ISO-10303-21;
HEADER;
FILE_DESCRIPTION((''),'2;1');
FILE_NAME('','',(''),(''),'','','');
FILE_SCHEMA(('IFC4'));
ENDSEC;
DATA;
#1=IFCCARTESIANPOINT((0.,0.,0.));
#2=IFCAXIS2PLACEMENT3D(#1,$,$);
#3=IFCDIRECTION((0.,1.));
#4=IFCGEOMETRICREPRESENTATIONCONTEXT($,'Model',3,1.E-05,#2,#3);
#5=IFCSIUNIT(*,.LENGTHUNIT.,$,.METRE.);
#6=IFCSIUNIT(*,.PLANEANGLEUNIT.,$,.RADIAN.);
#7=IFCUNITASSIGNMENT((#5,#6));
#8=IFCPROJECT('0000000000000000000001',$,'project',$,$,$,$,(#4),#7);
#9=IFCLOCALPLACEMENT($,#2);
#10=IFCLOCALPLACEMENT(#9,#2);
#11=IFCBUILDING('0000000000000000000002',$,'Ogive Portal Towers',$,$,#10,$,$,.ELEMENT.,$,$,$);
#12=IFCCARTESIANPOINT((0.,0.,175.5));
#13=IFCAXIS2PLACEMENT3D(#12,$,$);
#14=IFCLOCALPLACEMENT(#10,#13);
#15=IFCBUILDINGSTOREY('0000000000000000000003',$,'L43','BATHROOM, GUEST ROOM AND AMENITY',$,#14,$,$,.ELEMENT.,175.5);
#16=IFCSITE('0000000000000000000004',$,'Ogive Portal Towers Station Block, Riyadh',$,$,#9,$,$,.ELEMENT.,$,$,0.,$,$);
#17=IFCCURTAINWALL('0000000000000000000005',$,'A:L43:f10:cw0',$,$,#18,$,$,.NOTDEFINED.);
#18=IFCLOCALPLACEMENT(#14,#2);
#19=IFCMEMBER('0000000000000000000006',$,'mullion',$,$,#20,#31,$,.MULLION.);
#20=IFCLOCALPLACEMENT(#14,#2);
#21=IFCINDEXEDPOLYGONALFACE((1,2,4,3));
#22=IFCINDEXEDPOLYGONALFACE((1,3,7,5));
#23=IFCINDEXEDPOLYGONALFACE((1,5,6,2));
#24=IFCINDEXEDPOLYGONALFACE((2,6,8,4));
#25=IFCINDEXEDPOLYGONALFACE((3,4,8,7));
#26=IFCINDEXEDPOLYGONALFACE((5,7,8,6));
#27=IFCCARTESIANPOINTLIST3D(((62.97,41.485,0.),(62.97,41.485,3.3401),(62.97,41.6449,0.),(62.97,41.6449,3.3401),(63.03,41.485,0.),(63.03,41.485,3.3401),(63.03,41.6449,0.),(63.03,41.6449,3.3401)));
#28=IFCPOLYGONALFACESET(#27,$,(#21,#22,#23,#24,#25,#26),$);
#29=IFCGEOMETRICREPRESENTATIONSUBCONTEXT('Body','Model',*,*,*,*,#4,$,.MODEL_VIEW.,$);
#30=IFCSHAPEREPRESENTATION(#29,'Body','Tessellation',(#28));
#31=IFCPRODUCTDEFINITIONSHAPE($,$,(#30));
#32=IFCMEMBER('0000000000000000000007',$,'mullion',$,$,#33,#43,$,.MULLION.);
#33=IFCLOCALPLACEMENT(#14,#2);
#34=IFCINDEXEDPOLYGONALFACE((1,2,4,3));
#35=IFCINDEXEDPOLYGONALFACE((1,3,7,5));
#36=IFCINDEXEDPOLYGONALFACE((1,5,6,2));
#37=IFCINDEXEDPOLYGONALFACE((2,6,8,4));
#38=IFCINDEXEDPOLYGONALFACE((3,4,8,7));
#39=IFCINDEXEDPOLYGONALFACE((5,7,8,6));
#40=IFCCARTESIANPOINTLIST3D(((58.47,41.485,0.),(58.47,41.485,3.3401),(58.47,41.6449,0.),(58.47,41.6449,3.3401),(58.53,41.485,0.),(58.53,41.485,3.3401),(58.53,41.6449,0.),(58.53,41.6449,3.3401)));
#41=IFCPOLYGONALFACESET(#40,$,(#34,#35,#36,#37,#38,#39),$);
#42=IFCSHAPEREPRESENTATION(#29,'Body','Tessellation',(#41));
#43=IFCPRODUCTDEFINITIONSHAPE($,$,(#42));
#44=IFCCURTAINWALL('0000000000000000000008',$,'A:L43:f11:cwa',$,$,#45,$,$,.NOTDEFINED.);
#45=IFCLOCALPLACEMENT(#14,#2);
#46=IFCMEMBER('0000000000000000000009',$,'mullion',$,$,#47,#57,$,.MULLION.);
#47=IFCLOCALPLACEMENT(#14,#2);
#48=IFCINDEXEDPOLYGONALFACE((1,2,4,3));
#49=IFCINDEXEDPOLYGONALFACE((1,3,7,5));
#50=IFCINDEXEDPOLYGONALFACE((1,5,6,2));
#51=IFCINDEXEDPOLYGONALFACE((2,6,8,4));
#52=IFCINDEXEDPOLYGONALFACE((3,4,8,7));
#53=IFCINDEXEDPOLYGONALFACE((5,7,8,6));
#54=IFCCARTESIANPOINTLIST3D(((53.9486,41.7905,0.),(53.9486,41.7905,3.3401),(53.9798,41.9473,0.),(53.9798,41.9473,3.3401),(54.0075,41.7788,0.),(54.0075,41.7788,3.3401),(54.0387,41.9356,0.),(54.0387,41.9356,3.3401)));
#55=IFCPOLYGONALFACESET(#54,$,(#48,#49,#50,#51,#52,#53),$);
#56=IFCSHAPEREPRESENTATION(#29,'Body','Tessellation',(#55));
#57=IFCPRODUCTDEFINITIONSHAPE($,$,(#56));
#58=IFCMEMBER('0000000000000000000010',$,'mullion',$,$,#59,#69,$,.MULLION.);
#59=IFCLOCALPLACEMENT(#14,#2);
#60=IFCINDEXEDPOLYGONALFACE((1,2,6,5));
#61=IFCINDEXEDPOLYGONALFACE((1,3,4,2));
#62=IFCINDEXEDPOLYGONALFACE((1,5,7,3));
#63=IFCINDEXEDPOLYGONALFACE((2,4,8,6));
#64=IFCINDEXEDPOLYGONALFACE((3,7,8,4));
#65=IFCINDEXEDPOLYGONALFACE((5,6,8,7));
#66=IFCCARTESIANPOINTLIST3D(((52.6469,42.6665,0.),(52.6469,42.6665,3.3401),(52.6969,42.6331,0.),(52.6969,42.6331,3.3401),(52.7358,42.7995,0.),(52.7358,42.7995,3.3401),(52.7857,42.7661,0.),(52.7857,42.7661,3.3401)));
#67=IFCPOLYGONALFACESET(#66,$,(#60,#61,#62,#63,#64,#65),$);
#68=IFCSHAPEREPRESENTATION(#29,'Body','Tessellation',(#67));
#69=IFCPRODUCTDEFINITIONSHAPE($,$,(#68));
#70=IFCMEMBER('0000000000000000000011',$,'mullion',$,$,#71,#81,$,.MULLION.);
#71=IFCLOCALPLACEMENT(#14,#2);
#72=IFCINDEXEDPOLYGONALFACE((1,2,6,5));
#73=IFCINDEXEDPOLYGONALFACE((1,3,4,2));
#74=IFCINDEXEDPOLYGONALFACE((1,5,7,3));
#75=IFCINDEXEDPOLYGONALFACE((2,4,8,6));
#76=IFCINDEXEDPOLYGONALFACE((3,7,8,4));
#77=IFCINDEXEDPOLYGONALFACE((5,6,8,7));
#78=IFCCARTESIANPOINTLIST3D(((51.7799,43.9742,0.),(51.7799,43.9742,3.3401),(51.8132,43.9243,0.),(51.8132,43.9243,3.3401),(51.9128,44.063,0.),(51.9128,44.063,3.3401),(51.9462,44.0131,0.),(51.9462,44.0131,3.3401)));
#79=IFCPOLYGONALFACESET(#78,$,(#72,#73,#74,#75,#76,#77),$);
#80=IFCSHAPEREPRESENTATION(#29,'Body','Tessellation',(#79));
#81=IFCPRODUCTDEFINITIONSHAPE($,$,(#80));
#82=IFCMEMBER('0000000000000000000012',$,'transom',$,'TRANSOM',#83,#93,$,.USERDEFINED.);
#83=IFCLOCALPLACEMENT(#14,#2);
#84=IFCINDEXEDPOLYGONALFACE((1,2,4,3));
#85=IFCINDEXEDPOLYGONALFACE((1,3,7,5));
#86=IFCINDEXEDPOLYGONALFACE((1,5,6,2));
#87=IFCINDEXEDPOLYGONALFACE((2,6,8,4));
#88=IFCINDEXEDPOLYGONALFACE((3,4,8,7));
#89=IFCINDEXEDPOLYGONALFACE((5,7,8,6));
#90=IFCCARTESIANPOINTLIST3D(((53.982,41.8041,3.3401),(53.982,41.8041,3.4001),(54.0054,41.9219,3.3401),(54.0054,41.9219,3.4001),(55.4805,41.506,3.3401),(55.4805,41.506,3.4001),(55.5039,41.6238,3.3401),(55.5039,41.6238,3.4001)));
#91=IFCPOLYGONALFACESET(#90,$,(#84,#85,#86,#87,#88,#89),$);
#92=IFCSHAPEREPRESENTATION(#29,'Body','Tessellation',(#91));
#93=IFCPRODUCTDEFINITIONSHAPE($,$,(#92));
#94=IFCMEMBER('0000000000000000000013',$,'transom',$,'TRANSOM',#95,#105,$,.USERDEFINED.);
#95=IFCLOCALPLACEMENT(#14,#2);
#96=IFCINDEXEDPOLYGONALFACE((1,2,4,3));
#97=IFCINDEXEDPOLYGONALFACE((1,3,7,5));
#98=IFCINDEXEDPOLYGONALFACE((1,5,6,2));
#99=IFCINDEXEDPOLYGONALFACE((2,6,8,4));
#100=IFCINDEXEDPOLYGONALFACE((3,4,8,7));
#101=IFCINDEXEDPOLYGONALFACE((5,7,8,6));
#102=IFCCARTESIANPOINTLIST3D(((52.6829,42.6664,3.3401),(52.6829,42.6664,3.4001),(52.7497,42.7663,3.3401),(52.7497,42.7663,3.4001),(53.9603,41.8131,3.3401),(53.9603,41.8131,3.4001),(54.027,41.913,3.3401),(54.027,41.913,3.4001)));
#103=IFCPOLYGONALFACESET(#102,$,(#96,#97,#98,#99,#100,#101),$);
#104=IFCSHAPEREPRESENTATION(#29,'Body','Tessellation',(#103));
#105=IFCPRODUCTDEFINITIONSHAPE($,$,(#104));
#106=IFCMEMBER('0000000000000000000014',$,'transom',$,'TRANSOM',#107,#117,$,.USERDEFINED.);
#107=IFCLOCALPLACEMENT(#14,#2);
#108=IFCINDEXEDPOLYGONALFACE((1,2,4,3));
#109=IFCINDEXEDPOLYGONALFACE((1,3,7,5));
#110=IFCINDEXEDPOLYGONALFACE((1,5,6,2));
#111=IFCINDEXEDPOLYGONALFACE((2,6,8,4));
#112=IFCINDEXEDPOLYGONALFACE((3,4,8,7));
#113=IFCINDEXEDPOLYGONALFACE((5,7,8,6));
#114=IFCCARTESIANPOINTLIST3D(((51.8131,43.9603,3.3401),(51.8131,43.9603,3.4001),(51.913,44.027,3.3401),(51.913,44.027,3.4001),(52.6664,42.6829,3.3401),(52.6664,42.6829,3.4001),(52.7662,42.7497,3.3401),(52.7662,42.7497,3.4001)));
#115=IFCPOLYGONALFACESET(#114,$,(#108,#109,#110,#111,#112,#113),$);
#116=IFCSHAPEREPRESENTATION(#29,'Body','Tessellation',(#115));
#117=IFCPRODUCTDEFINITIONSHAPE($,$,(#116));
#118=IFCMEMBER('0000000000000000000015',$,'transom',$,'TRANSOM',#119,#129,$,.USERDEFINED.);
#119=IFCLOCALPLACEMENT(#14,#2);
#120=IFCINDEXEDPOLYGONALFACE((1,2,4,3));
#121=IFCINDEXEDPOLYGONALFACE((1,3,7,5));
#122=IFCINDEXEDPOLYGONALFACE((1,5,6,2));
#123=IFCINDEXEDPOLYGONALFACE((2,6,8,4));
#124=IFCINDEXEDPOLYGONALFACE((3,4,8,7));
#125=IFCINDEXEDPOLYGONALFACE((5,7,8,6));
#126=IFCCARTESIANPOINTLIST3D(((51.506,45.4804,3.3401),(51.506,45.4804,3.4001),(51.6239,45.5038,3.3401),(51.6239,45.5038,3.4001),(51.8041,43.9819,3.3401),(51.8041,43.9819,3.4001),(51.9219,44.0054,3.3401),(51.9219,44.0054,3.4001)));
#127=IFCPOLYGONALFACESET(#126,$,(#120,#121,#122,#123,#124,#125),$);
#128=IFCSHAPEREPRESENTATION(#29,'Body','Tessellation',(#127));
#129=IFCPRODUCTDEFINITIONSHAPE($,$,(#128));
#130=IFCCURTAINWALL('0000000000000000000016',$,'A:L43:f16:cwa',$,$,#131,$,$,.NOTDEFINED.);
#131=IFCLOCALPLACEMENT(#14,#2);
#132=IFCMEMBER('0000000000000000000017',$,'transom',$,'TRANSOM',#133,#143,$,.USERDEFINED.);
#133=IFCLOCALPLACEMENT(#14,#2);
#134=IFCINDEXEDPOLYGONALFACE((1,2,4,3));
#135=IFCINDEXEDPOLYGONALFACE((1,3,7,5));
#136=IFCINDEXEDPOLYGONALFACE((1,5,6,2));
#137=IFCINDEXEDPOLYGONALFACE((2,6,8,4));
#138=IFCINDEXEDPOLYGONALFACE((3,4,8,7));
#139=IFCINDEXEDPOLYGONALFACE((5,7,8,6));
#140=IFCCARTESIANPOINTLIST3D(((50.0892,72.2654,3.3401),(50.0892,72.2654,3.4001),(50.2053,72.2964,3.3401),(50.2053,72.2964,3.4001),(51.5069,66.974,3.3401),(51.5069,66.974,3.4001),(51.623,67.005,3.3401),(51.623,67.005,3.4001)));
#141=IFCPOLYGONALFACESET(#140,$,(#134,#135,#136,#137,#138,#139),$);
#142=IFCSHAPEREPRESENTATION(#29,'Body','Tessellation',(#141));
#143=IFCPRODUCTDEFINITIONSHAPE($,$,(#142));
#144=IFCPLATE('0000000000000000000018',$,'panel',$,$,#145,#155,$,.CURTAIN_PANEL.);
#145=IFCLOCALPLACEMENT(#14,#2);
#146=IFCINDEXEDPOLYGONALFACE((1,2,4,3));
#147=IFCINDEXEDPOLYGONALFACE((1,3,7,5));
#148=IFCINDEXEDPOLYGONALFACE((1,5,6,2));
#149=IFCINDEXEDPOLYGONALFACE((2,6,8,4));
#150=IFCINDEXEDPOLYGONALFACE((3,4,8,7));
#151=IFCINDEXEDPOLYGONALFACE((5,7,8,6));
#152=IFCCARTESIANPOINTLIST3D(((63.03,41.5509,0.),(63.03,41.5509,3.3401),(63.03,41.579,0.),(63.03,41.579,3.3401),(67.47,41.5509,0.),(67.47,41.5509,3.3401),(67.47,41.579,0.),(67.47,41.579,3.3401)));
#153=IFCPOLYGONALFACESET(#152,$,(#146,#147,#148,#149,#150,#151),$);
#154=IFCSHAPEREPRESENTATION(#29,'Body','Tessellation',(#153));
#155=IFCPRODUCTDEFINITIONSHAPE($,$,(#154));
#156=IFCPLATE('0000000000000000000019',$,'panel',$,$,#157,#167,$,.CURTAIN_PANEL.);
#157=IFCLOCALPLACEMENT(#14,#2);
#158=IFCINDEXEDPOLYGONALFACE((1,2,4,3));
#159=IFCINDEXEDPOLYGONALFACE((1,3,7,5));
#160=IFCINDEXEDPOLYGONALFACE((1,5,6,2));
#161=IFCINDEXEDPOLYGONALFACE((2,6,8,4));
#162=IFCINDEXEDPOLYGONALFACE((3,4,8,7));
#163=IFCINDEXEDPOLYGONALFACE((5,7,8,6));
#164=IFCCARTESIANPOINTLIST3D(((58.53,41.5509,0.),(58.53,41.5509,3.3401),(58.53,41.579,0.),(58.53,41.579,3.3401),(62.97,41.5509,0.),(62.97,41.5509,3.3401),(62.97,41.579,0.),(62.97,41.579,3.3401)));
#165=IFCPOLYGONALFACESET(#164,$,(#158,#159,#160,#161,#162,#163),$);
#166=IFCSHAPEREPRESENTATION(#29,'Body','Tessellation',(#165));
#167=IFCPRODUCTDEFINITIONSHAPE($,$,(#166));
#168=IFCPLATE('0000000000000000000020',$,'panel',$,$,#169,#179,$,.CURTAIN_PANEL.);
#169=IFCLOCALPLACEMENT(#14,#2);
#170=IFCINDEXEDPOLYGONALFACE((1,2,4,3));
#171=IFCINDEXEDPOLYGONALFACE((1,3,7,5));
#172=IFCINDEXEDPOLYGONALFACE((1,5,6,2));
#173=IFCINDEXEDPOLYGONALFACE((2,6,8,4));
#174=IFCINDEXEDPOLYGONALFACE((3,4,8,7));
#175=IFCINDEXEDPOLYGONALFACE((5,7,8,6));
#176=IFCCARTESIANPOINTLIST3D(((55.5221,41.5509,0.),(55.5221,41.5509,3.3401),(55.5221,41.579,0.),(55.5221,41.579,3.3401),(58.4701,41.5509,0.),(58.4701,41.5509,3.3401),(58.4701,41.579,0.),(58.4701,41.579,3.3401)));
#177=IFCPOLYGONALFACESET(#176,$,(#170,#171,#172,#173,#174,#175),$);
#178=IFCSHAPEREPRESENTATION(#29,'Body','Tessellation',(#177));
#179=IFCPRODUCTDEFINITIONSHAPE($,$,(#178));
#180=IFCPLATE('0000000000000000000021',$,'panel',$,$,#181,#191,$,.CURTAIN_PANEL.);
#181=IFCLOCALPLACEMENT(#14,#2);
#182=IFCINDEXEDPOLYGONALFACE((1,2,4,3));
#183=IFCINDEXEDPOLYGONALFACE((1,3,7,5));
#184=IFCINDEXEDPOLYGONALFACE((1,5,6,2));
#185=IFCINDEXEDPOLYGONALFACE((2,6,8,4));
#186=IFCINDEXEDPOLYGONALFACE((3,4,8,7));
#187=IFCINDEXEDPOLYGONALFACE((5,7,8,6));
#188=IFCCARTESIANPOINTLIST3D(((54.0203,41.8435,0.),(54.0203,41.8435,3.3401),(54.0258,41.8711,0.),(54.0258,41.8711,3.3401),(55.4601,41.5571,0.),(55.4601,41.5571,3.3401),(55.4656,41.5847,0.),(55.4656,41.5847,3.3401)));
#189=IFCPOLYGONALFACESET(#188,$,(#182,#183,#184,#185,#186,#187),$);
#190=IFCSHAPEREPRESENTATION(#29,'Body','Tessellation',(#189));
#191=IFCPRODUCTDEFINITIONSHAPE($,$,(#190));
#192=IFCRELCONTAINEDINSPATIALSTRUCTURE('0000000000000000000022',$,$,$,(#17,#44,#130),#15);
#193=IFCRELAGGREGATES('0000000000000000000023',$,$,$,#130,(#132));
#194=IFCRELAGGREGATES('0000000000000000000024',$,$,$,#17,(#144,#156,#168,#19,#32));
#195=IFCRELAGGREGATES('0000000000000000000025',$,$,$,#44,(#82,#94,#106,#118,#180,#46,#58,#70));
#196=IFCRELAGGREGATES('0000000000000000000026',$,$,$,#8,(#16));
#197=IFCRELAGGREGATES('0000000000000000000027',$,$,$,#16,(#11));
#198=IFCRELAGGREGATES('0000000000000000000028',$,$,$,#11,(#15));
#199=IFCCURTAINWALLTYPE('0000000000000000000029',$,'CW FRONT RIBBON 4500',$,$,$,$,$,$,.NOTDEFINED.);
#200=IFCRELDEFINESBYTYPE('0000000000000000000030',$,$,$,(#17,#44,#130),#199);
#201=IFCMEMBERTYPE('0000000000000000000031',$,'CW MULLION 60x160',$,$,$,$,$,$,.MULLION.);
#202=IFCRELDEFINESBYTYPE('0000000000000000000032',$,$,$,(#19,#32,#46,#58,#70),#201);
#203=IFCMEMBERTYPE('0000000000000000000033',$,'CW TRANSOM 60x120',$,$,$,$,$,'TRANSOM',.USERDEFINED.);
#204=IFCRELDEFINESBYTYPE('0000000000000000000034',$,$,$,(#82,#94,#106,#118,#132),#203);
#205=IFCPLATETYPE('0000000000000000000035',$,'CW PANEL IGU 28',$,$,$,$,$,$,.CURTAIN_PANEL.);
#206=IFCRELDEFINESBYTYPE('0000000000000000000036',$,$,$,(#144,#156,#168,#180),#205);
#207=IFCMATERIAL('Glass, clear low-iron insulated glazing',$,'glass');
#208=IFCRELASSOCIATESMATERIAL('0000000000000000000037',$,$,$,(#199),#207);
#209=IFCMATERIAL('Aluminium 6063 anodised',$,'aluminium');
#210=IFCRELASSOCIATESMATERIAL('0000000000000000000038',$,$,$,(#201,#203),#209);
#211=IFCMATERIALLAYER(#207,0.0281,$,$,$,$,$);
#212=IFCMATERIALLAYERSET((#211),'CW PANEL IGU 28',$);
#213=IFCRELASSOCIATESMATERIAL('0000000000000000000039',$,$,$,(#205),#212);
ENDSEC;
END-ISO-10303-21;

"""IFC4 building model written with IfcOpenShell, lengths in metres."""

from ifc_helpers import new_model, si_unit, direction, frame, origin, origin_2d, place, context, subcontext, project, spatial, rectangle, extrude, material, layer, layer_set, material_profile, profile_set, type_object, element, aggregate, save


model = new_model("IFC4")

# Units and contexts
model_context = context("Model", 3, precision=1e-05, world=origin(), true_north=direction((0.0, 1.0)))
body_context = subcontext(model_context, "Body", "Model", "MODEL_VIEW")
ifc_project = project(units=[si_unit("LENGTHUNIT", "METRE"), si_unit("PLANEANGLEUNIT", "RADIAN")], contexts=[model_context])

# Site, building, storey
site_placement = place(None, origin())
site = spatial("IfcSite", under=ifc_project, at=site_placement, Name="Ogive Portal Towers Station Block, Riyadh", CompositionType="ELEMENT", RefElevation=0.0)
building_placement = place(site_placement, origin())
building = spatial("IfcBuilding", under=site, at=building_placement, Name="Ogive Portal Towers", CompositionType="ELEMENT")
storey_placement = place(building_placement, frame((0.0, 0.0, 175.5)))
storey = spatial("IfcBuildingStorey", under=building, at=storey_placement, Name="L43", Description="BATHROOM, GUEST ROOM AND AMENITY", CompositionType="ELEMENT", Elevation=175.5)

# Curtain walls, members
ifc_material_1 = material(Name="Glass, clear low-iron insulated glazing", Category="glass")
curtain_wall_type = type_object("IfcCurtainWallType", Name="CW FRONT RIBBON 4500", PredefinedType="NOTDEFINED", material=ifc_material_1)
curtain_wall_1_placement = place(storey_placement, origin())
curtain_wall_1 = element("IfcCurtainWall", 1, at=curtain_wall_1_placement, inside=storey, type_object=curtain_wall_type, Name="A:L43:f10:cw0", PredefinedType="NOTDEFINED")
ifc_material_2 = material(Name="Aluminium 6063 anodised", Category="aluminium")
ifc_material_profile_1 = material_profile(ifc_material_2, rectangle(XDim=0.1599, YDim=0.0601, at=origin_2d()), Name="AL 60x160")
ifc_profile_set_1 = profile_set([ifc_material_profile_1], Name="Aluminium 6063 anodised")
member_type_1 = type_object("IfcMemberType", Name="CW MULLION 60x160", PredefinedType="MULLION", material=ifc_profile_set_1)
member_1_placement = place(storey_placement, frame((63.0, 41.5649, 0.0), z_axis=(0.0, 0.0, 1.0), x_axis=(0.0, -1.0, 0.0)))
member_1 = element("IfcMember", 2, at=member_1_placement, type_object=member_type_1, Name="mullion", PredefinedType="MULLION", context=body_context, shape_type="SweptSolid", body=[
    extrude(rectangle(XDim=0.1599, YDim=0.0601, at=origin_2d()), origin(), (0.0, 0.0, 1.0), 3.3401),
])
member_2_placement = place(storey_placement, frame((58.5, 41.5649, 0.0), z_axis=(0.0, 0.0, 1.0), x_axis=(0.0, -1.0, 0.0)))
member_2 = element("IfcMember", 3, at=member_2_placement, type_object=member_type_1, Name="mullion", PredefinedType="MULLION", context=body_context, shape_type="SweptSolid", body=[
    extrude(rectangle(XDim=0.1599, YDim=0.0601, at=origin_2d()), origin(), (0.0, 0.0, 1.0), 3.3401),
])
curtain_wall_2_placement = place(storey_placement, origin())
curtain_wall_2 = element("IfcCurtainWall", 4, at=curtain_wall_2_placement, inside=storey, type_object=curtain_wall_type, Name="A:L43:f11:cwa", PredefinedType="NOTDEFINED")
member_3_placement = place(storey_placement, frame((53.9937, 41.863, 0.0), z_axis=(0.0, 0.0, 1.0), x_axis=(-0.19509, -0.980785, 0.0)))
member_3 = element("IfcMember", 5, at=member_3_placement, type_object=member_type_1, Name="mullion", PredefinedType="MULLION", context=body_context, shape_type="SweptSolid", body=[
    extrude(rectangle(XDim=0.1599, YDim=0.0601, at=origin_2d()), origin(), (0.0, 0.0, 1.0), 3.3401),
])
member_4_placement = place(storey_placement, frame((52.7163, 42.7163, 0.0), z_axis=(0.0, 0.0, 1.0), x_axis=(-0.55557, -0.83147, 0.0)))
member_4 = element("IfcMember", 6, at=member_4_placement, type_object=member_type_1, Name="mullion", PredefinedType="MULLION", context=body_context, shape_type="SweptSolid", body=[
    extrude(rectangle(XDim=0.1599, YDim=0.0601, at=origin_2d()), origin(), (0.0, 0.0, 1.0), 3.3401),
])
member_5_placement = place(storey_placement, frame((51.863, 43.9937, 0.0), z_axis=(0.0, 0.0, 1.0), x_axis=(-0.83147, -0.55557, 0.0)))
member_5 = element("IfcMember", 7, at=member_5_placement, type_object=member_type_1, Name="mullion", PredefinedType="MULLION", context=body_context, shape_type="SweptSolid", body=[
    extrude(rectangle(XDim=0.1599, YDim=0.0601, at=origin_2d()), origin(), (0.0, 0.0, 1.0), 3.3401),
])
ifc_material_profile_2 = material_profile(ifc_material_2, rectangle(XDim=0.1201, YDim=0.0601, at=origin_2d()), Name="AL 120x60")
ifc_profile_set_2 = profile_set([ifc_material_profile_2], Name="Aluminium 6063 anodised")
member_type_2 = type_object("IfcMemberType", Name="CW TRANSOM 60x120", ElementType="TRANSOM", PredefinedType="USERDEFINED", material=ifc_profile_set_2)
member_6_placement = place(storey_placement, frame((55.4922, 41.5649, 3.3701), z_axis=(-0.980783, 0.195102, 0.0), x_axis=(-0.195102, -0.980783, 0.0)))
member_6 = element("IfcMember", 8, at=member_6_placement, type_object=member_type_2, Name="transom", ObjectType="TRANSOM", PredefinedType="USERDEFINED", context=body_context, shape_type="SweptSolid", body=[
    extrude(rectangle(XDim=0.1201, YDim=0.0601, at=origin_2d()), origin(), (0.0, 0.0, 1.0), 1.5278),
])
member_7_placement = place(storey_placement, frame((53.9937, 41.863, 3.3701), z_axis=(-0.831536, 0.55547, 0.0), x_axis=(-0.55547, -0.831536, 0.0)))
member_7 = element("IfcMember", 9, at=member_7_placement, type_object=member_type_2, Name="transom", ObjectType="TRANSOM", PredefinedType="USERDEFINED", context=body_context, shape_type="SweptSolid", body=[
    extrude(rectangle(XDim=0.1201, YDim=0.0601, at=origin_2d()), origin(), (0.0, 0.0, 1.0), 1.5361),
])
member_8_placement = place(storey_placement, frame((52.7163, 42.7163, 3.3701), z_axis=(-0.55547, 0.831536, 0.0), x_axis=(-0.831536, -0.55547, 0.0)))
member_8 = element("IfcMember", 10, at=member_8_placement, type_object=member_type_2, Name="transom", ObjectType="TRANSOM", PredefinedType="USERDEFINED", context=body_context, shape_type="SweptSolid", body=[
    extrude(rectangle(XDim=0.1201, YDim=0.0601, at=origin_2d()), origin(), (0.0, 0.0, 1.0), 1.5361),
])
member_9_placement = place(storey_placement, frame((51.863, 43.9937, 3.3701), z_axis=(-0.195102, 0.980783, 0.0), x_axis=(-0.980783, -0.195102, 0.0)))
member_9 = element("IfcMember", 11, at=member_9_placement, type_object=member_type_2, Name="transom", ObjectType="TRANSOM", PredefinedType="USERDEFINED", context=body_context, shape_type="SweptSolid", body=[
    extrude(rectangle(XDim=0.1201, YDim=0.0601, at=origin_2d()), origin(), (0.0, 0.0, 1.0), 1.5278),
])

# Curtain wall, member
curtain_wall_3_placement = place(storey_placement, origin())
curtain_wall_3 = element("IfcCurtainWall", 12, at=curtain_wall_3_placement, inside=storey, type_object=curtain_wall_type, Name="A:L43:f16:cwa", PredefinedType="NOTDEFINED")
member_10_placement = place(storey_placement, frame((51.5649, 66.9895, 3.3701), z_axis=(-0.258797, 0.965932, 0.0), x_axis=(-0.965932, -0.258797, 0.0)))
member_10 = element("IfcMember", 13, at=member_10_placement, type_object=member_type_2, Name="transom", ObjectType="TRANSOM", PredefinedType="USERDEFINED", context=body_context, shape_type="SweptSolid", body=[
    extrude(rectangle(XDim=0.1201, YDim=0.0601, at=origin_2d()), origin(), (0.0, 0.0, 1.0), 5.478),
])
aggregate(curtain_wall_3, [member_10])

# Plates
ifc_layer = layer(ifc_material_1, 0.0281)
ifc_layer_set = layer_set([ifc_layer], Name="CW PANEL IGU 28")
plate_type = type_object("IfcPlateType", Name="CW PANEL IGU 28", PredefinedType="CURTAIN_PANEL", material=ifc_layer_set)
plate_1_placement = place(storey_placement, frame((65.25, 41.5649, 0.0), z_axis=(0.0, 0.0, 1.0), x_axis=(-1.0, 0.0, 0.0)))
plate_1 = element("IfcPlate", 14, at=plate_1_placement, type_object=plate_type, Name="panel", PredefinedType="CURTAIN_PANEL", context=body_context, shape_type="SweptSolid", body=[
    extrude(rectangle(XDim=4.4399, YDim=0.0281, at=origin_2d()), origin(), (0.0, 0.0, 1.0), 3.3401),
])
plate_2_placement = place(storey_placement, frame((60.75, 41.5649, 0.0), z_axis=(0.0, 0.0, 1.0), x_axis=(-1.0, 0.0, 0.0)))
plate_2 = element("IfcPlate", 15, at=plate_2_placement, type_object=plate_type, Name="panel", PredefinedType="CURTAIN_PANEL", context=body_context, shape_type="SweptSolid", body=[
    extrude(rectangle(XDim=4.4399, YDim=0.0281, at=origin_2d()), origin(), (0.0, 0.0, 1.0), 3.3401),
])
plate_3_placement = place(storey_placement, frame((56.9961, 41.5649, 0.0), z_axis=(0.0, 0.0, 1.0), x_axis=(-1.0, 0.0, 0.0)))
plate_3 = element("IfcPlate", 16, at=plate_3_placement, type_object=plate_type, Name="panel", PredefinedType="CURTAIN_PANEL", context=body_context, shape_type="SweptSolid", body=[
    extrude(rectangle(XDim=2.948, YDim=0.0281, at=origin_2d()), origin(), (0.0, 0.0, 1.0), 3.3401),
])
aggregate(curtain_wall_1, [plate_1, plate_2, plate_3, member_1, member_2])
plate_4_placement = place(storey_placement, frame((54.7429, 41.7141, 0.0), z_axis=(0.0, 0.0, 1.0), x_axis=(-0.980785, 0.19509, 0.0)))
plate_4 = element("IfcPlate", 17, at=plate_4_placement, type_object=plate_type, Name="panel", PredefinedType="CURTAIN_PANEL", context=body_context, shape_type="SweptSolid", body=[
    extrude(rectangle(XDim=1.468, YDim=0.0281, at=origin_2d()), origin(), (0.0, 0.0, 1.0), 3.3401),
])
aggregate(curtain_wall_2, [member_6, member_7, member_8, member_9, plate_4, member_3, member_4, member_5])

save(model, "model.ifc")
